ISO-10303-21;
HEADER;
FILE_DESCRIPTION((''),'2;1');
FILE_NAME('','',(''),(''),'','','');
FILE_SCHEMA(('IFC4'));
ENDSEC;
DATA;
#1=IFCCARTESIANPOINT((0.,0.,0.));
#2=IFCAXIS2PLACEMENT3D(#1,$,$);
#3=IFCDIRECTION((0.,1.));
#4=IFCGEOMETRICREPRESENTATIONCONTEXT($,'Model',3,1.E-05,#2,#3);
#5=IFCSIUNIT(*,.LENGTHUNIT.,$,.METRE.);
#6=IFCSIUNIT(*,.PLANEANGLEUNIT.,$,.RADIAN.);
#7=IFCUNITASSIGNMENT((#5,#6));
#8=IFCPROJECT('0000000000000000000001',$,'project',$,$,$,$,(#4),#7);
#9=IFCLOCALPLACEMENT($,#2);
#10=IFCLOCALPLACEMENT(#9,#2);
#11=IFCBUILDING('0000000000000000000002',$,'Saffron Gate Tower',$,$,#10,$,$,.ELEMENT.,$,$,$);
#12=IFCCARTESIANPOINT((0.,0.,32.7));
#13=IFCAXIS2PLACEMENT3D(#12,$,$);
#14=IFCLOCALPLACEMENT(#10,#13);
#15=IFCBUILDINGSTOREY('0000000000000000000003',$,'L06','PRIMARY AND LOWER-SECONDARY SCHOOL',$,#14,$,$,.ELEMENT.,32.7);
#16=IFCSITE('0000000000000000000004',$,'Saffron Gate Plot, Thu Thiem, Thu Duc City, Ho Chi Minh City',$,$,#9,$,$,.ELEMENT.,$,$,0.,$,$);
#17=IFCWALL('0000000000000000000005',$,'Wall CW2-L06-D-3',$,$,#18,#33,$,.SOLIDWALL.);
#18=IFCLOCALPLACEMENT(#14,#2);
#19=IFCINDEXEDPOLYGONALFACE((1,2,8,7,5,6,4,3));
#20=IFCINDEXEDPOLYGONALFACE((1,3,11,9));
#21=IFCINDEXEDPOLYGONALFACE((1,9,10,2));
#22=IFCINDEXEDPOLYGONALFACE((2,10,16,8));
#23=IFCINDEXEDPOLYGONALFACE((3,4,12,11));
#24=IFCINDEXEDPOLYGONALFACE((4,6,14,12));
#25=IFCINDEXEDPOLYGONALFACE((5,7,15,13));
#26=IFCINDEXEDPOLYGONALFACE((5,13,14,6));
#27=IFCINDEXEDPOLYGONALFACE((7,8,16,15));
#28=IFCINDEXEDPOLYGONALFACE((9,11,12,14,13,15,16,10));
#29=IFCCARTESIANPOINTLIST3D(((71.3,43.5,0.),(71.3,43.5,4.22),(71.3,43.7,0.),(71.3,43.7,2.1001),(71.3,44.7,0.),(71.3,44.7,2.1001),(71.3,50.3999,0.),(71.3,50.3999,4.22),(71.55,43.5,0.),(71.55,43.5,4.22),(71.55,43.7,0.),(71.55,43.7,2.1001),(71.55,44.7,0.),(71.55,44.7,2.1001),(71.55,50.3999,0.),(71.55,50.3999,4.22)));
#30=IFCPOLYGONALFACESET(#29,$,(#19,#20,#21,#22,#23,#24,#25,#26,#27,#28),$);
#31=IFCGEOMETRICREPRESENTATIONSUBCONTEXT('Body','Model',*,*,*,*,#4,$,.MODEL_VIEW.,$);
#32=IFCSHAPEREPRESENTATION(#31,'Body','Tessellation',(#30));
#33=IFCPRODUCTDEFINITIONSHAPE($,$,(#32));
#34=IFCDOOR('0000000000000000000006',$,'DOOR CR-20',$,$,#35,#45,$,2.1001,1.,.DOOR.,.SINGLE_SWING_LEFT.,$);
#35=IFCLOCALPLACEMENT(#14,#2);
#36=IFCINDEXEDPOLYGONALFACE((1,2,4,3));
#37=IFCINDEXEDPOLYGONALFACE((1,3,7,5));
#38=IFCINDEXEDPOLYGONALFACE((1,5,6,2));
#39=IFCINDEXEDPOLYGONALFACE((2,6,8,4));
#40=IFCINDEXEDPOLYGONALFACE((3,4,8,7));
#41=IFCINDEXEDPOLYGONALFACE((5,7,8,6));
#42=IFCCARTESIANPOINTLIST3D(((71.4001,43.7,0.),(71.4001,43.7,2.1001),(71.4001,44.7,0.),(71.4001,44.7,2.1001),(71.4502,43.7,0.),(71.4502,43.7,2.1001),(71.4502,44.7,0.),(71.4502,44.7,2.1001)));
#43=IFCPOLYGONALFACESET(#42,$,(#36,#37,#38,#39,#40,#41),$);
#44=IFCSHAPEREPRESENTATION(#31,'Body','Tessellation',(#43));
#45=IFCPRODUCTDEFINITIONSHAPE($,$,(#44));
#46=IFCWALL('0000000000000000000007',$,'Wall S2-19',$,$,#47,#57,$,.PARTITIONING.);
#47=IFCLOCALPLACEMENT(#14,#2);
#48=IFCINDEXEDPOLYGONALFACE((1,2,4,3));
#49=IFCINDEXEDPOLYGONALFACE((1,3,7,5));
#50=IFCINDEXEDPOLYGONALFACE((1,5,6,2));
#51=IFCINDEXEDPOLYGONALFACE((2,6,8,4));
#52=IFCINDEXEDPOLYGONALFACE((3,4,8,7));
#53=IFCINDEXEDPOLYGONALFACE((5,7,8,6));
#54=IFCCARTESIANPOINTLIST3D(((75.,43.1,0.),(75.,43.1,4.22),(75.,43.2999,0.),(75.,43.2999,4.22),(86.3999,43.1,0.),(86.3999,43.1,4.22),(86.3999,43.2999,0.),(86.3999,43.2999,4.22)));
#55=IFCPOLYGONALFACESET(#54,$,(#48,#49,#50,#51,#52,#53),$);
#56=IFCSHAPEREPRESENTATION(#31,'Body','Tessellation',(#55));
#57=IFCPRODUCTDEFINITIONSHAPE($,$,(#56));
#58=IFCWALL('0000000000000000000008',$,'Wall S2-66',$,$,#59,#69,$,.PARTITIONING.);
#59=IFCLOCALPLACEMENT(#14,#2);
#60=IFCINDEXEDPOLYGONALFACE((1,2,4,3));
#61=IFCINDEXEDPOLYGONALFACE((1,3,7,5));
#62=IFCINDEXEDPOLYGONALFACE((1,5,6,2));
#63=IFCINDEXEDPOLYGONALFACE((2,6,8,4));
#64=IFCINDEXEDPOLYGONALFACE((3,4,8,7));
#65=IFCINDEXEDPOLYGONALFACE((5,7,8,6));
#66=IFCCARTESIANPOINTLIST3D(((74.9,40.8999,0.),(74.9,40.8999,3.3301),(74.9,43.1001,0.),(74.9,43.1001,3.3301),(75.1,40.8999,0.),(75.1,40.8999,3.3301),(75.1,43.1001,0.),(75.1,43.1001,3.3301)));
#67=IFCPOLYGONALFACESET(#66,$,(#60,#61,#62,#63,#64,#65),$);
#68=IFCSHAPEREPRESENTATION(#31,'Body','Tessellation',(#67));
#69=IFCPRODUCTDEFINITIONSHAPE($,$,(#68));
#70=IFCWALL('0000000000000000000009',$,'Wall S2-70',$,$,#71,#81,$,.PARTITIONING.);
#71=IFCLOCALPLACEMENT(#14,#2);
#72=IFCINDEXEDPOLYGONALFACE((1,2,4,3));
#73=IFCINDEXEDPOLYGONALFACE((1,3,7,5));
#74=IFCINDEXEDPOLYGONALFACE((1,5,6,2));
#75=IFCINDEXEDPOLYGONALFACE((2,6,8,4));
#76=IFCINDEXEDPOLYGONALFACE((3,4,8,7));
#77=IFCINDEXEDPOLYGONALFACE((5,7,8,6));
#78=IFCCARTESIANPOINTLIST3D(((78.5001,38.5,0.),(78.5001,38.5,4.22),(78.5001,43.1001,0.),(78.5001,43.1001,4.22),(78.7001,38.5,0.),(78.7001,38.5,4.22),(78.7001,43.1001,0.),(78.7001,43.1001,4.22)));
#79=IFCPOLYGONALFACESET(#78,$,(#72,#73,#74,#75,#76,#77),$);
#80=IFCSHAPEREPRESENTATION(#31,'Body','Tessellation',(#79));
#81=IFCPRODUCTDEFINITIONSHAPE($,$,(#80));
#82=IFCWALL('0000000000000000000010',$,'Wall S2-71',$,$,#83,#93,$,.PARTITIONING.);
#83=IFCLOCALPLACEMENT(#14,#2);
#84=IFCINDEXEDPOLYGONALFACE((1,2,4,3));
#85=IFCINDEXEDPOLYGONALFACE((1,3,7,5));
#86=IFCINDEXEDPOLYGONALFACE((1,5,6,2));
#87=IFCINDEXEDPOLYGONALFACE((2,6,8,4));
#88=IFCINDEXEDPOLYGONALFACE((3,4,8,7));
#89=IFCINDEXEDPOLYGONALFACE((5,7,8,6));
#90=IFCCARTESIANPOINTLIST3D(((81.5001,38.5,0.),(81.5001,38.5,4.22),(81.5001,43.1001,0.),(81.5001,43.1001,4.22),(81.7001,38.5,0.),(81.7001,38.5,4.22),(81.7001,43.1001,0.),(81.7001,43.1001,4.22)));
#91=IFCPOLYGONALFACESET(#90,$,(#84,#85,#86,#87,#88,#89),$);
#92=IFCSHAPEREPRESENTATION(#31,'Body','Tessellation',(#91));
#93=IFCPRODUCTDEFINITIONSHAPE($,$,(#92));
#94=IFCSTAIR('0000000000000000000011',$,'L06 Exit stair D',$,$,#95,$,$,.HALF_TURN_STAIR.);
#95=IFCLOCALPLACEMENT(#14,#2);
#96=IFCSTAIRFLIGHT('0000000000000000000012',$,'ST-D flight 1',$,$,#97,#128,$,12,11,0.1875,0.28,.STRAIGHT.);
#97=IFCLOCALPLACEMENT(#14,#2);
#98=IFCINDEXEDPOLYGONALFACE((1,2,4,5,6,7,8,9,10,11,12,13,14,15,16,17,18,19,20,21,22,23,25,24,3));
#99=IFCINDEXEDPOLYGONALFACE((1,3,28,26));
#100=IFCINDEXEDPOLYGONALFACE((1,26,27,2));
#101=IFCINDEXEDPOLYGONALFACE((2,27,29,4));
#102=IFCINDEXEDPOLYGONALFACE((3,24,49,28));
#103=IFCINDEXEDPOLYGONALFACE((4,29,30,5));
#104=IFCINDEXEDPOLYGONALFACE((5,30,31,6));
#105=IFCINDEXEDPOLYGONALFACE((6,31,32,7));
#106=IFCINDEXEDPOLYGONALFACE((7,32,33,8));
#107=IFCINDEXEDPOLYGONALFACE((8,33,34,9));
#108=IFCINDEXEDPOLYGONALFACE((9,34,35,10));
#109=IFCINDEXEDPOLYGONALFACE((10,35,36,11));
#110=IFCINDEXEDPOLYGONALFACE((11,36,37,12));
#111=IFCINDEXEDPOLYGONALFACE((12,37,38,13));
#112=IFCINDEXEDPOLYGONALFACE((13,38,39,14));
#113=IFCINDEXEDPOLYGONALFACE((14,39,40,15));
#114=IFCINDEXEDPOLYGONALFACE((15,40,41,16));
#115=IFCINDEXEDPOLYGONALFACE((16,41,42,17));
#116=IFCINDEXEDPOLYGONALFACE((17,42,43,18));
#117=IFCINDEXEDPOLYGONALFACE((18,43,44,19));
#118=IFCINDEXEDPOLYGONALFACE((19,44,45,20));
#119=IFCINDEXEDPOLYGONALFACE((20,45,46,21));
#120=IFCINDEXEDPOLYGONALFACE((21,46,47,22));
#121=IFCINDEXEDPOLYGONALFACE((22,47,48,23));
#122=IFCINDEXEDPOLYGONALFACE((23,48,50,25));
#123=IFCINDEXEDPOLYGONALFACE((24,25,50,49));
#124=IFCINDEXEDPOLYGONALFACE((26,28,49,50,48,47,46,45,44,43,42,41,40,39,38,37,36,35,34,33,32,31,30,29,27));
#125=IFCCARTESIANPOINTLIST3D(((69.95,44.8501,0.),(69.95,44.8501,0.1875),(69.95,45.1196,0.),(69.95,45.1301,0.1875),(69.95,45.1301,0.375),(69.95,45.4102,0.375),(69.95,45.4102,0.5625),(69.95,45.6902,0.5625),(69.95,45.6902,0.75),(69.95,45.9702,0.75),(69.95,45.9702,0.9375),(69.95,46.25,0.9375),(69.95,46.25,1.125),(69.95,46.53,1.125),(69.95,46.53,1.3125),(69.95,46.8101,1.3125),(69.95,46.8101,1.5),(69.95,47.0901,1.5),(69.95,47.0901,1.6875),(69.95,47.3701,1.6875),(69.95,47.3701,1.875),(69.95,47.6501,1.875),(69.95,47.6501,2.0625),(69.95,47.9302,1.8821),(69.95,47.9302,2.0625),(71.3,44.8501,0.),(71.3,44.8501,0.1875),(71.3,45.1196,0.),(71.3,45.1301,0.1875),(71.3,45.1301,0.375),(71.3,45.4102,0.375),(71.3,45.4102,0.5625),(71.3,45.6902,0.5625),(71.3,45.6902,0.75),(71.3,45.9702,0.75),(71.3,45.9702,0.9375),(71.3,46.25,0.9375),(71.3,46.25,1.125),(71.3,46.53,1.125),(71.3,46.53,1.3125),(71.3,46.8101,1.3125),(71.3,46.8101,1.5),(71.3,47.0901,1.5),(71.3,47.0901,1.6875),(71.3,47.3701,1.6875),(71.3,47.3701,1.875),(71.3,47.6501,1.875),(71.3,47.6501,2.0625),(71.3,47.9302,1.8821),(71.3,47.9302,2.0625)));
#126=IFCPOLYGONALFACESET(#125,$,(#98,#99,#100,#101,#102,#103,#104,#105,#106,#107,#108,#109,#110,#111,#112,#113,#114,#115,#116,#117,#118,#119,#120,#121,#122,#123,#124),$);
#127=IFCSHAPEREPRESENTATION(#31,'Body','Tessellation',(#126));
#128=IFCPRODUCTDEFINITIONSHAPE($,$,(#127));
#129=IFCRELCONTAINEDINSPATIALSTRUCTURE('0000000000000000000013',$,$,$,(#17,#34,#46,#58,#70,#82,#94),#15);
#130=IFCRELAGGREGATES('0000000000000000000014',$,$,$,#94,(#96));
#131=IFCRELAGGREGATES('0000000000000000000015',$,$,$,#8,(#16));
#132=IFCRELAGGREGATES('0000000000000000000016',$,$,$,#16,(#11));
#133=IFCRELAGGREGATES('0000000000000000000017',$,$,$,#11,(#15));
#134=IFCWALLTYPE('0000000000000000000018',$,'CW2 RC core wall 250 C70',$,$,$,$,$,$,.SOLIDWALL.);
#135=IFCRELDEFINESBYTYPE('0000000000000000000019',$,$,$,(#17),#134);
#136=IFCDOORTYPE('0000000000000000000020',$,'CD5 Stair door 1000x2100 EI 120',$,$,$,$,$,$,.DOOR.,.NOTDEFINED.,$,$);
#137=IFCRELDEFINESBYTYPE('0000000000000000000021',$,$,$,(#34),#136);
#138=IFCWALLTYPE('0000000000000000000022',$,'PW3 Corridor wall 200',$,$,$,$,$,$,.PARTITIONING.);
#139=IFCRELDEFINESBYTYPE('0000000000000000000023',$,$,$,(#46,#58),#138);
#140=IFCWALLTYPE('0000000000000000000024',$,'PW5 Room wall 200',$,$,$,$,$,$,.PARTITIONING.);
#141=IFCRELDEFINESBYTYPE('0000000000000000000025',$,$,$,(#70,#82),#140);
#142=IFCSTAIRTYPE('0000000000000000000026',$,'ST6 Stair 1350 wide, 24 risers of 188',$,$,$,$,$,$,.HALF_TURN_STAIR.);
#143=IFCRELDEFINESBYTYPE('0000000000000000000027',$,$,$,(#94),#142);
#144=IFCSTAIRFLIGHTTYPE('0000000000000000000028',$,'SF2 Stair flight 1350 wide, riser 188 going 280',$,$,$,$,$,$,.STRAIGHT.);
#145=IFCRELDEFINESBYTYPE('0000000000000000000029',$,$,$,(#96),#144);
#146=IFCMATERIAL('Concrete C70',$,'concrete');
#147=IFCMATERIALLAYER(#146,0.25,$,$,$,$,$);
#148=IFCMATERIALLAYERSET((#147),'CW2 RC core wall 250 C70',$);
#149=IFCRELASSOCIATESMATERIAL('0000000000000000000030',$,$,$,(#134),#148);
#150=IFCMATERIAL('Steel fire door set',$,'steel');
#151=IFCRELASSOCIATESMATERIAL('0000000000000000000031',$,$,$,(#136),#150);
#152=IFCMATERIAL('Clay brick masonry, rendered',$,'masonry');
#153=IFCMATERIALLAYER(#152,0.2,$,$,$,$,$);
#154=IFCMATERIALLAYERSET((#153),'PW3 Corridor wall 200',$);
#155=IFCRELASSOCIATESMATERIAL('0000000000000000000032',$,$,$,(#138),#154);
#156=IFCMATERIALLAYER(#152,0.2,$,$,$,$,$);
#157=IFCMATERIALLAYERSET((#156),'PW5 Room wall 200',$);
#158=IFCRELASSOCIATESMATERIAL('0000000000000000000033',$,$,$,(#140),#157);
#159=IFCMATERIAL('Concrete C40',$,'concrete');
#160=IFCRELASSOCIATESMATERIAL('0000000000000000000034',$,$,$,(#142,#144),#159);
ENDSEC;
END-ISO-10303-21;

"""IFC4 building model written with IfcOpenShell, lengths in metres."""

from ifc_helpers import new_model, si_unit, direction, frame, frame_2d, origin, place, context, subcontext, project, spatial, polyline, rectangle, outline, extrude, material, layer, layer_set, type_object, element, fill, aggregate, save


model = new_model("IFC4")

# Units and contexts
model_context = context("Model", 3, precision=1e-05, world=origin(), true_north=direction((0.0, 1.0)))
body_context = subcontext(model_context, "Body", "Model", "MODEL_VIEW")
ifc_project = project(units=[si_unit("LENGTHUNIT", "METRE"), si_unit("PLANEANGLEUNIT", "RADIAN")], contexts=[model_context])

# Site, building, storey
site_placement = place(None, origin())
site = spatial("IfcSite", under=ifc_project, at=site_placement, Name="Saffron Gate Plot, Thu Thiem, Thu Duc City, Ho Chi Minh City", CompositionType="ELEMENT", RefElevation=0.0)
building_placement = place(site_placement, origin())
building = spatial("IfcBuilding", under=site, at=building_placement, Name="Saffron Gate Tower", CompositionType="ELEMENT")
storey_placement = place(building_placement, frame((0.0, 0.0, 32.7)))
storey = spatial("IfcBuildingStorey", under=building, at=storey_placement, Name="L06", Description="PRIMARY AND LOWER-SECONDARY SCHOOL", CompositionType="ELEMENT", Elevation=32.7)

# Wall, opening, door
ifc_material_1 = material(Name="Steel fire door set", Category="steel")
ifc_material_2 = material(Name="Concrete C70", Category="concrete")
ifc_layer_1 = layer(ifc_material_2, 0.25)
ifc_layer_set_1 = layer_set([ifc_layer_1], Name="CW2 RC core wall 250 C70")
wall_type_1 = type_object("IfcWallType", Name="CW2 RC core wall 250 C70", PredefinedType="SOLIDWALL", material=ifc_layer_set_1)
wall_1_placement = place(storey_placement, frame((71.425, 43.5, 0.0), z_axis=(0.0, 0.0, 1.0), x_axis=(0.0, 1.0, 0.0)))
wall_1 = element("IfcWall", 1, at=wall_1_placement, inside=storey, type_object=wall_type_1, Name="Wall CW2-L06-D-3", PredefinedType="SOLIDWALL", context=body_context, shape_type="SweptSolid", body=[
    extrude(rectangle(XDim=6.8999, YDim=0.25, at=frame_2d((3.45, 0.0))), origin(), (0.0, 0.0, 1.0), 4.22),
])
opening_1_placement = place(wall_1_placement, frame((0.2, 0.0, 0.0)))
opening_1 = element("IfcOpeningElement", 2, at=opening_1_placement, cuts=wall_1, PredefinedType="OPENING", context=body_context, shape_type="SweptSolid", body=[
    extrude(rectangle(XDim=1.0, YDim=2.1001, at=frame_2d((0.5, 1.05))), frame((0.0, 0.135, 0.0), z_axis=(0.0, -1.0, 0.0), x_axis=(1.0, 0.0, 0.0)), (0.0, 0.0, 1.0), 0.27),
])
door_type_1 = type_object("IfcDoorType", Name="CD5 Stair door 1000x2100 EI 120", OperationType="NOTDEFINED", PredefinedType="DOOR", material=ifc_material_1)
door_1_placement = place(opening_1_placement, origin())
door_1 = element("IfcDoor", 3, at=door_1_placement, inside=storey, type_object=door_type_1, Name="DOOR CR-20", OperationType="SINGLE_SWING_LEFT", OverallHeight=2.1001, OverallWidth=1.0, PredefinedType="DOOR", context=body_context, shape_type="SweptSolid", body=[
    extrude(rectangle(XDim=1.0, YDim=2.1001, at=frame_2d((0.5, 1.05))), frame((0.0, 0.0249, 0.0), z_axis=(0.0, -1.0, 0.0), x_axis=(1.0, 0.0, 0.0)), (0.0, 0.0, 1.0), 0.05),
])
fill(opening_1, door_1)

# Walls
ifc_material_3 = material(Name="Clay brick masonry, rendered", Category="masonry")
ifc_layer_2 = layer(ifc_material_3, 0.2)
ifc_layer_set_2 = layer_set([ifc_layer_2], Name="PW3 Corridor wall 200")
wall_type_2 = type_object("IfcWallType", Name="PW3 Corridor wall 200", PredefinedType="PARTITIONING", material=ifc_layer_set_2)
wall_2_placement = place(storey_placement, frame((75.0, 43.2, 0.0), z_axis=(0.0, 0.0, 1.0), x_axis=(1.0, 0.0, 0.0)))
element("IfcWall", 4, at=wall_2_placement, inside=storey, type_object=wall_type_2, Name="Wall S2-19", PredefinedType="PARTITIONING", context=body_context, shape_type="SweptSolid", body=[
    extrude(rectangle(XDim=11.3999, YDim=0.2, at=frame_2d((5.7, 0.0))), origin(), (0.0, 0.0, 1.0), 4.22),
])
wall_3_placement = place(storey_placement, frame((75.0, 43.1001, 0.0), z_axis=(0.0, 0.0, 1.0), x_axis=(0.0, -1.0, 0.0)))
element("IfcWall", 5, at=wall_3_placement, inside=storey, type_object=wall_type_2, Name="Wall S2-66", PredefinedType="PARTITIONING", context=body_context, shape_type="SweptSolid", body=[
    extrude(rectangle(XDim=2.2002, YDim=0.2, at=frame_2d((1.1001, 0.0))), origin(), (0.0, 0.0, 1.0), 3.3301),
])
ifc_layer_3 = layer(ifc_material_3, 0.2)
ifc_layer_set_3 = layer_set([ifc_layer_3], Name="PW5 Room wall 200")
wall_type_3 = type_object("IfcWallType", Name="PW5 Room wall 200", PredefinedType="PARTITIONING", material=ifc_layer_set_3)
for number, where, z_axis, x_axis, name in (
    (6, (78.6001, 43.1001, 0.0), (0.0, 0.0, 1.0), (0.0, -1.0, 0.0), "Wall S2-70"),
    (7, (81.6001, 43.1001, 0.0), (0.0, 0.0, 1.0), (0.0, -1.0, 0.0), "Wall S2-71"),
):
    element("IfcWall", number, at=place(storey_placement, frame(where, z_axis=z_axis, x_axis=x_axis)), inside=storey, type_object=wall_type_3, Name=name, PredefinedType="PARTITIONING", context=body_context, shape_type="SweptSolid", body=[
        extrude(rectangle(XDim=4.6001, YDim=0.2, at=frame_2d((2.3, 0.0))), origin(), (0.0, 0.0, 1.0), 4.22),
    ])

# Stair, stair flight
ifc_material_4 = material(Name="Concrete C40", Category="concrete")
stair_type = type_object("IfcStairType", Name="ST6 Stair 1350 wide, 24 risers of 188", PredefinedType="HALF_TURN_STAIR", material=ifc_material_4)
stair_placement = place(storey_placement, origin())
stair = element("IfcStair", 8, at=stair_placement, inside=storey, type_object=stair_type, Name="L06 Exit stair D", PredefinedType="HALF_TURN_STAIR")
stair_flight_type = type_object("IfcStairFlightType", Name="SF2 Stair flight 1350 wide, riser 188 going 280", PredefinedType="STRAIGHT", material=ifc_material_4)
stair_flight_placement = place(storey_placement, frame((70.625, 44.8501, 0.0), z_axis=(0.0, 0.0, 1.0), x_axis=(0.0, 1.0, 0.0)))
stair_flight = element("IfcStairFlight", 9, at=stair_flight_placement, type_object=stair_flight_type, Name="ST-D flight 1", NumberOfRisers=12, NumberOfTreads=11, PredefinedType="STRAIGHT", RiserHeight=0.1875, TreadLength=0.28, context=body_context, shape_type="SweptSolid", body=[
    extrude(outline(polyline([(0.0, 0.0), (0.0, 0.1875), (0.28, 0.1875), (0.28, 0.375), (0.5601, 0.375), (0.5601, 0.5625), (0.8401, 0.5625), (0.8401, 0.75), (1.1201, 0.75), (1.1201, 0.9375), (1.3999, 0.9375), (1.3999, 1.125), (1.6799, 1.125), (1.6799, 1.3125), (1.96, 1.3125), (1.96, 1.5), (2.24, 1.5), (2.24, 1.6875), (2.52, 1.6875), (2.52, 1.875), (2.8, 1.875), (2.8, 2.0625), (3.0801, 2.0625), (3.0801, 2.25), (3.0801, 1.8821), (0.2695, 0.0), (0.0, 0.0)])), frame((0.0, 0.675, 0.0), z_axis=(0.0, -1.0, 0.0), x_axis=(1.0, 0.0, 0.0)), (0.0, 0.0, 1.0), 1.3501),
])
aggregate(stair, [stair_flight])

save(model, "model.ifc")
